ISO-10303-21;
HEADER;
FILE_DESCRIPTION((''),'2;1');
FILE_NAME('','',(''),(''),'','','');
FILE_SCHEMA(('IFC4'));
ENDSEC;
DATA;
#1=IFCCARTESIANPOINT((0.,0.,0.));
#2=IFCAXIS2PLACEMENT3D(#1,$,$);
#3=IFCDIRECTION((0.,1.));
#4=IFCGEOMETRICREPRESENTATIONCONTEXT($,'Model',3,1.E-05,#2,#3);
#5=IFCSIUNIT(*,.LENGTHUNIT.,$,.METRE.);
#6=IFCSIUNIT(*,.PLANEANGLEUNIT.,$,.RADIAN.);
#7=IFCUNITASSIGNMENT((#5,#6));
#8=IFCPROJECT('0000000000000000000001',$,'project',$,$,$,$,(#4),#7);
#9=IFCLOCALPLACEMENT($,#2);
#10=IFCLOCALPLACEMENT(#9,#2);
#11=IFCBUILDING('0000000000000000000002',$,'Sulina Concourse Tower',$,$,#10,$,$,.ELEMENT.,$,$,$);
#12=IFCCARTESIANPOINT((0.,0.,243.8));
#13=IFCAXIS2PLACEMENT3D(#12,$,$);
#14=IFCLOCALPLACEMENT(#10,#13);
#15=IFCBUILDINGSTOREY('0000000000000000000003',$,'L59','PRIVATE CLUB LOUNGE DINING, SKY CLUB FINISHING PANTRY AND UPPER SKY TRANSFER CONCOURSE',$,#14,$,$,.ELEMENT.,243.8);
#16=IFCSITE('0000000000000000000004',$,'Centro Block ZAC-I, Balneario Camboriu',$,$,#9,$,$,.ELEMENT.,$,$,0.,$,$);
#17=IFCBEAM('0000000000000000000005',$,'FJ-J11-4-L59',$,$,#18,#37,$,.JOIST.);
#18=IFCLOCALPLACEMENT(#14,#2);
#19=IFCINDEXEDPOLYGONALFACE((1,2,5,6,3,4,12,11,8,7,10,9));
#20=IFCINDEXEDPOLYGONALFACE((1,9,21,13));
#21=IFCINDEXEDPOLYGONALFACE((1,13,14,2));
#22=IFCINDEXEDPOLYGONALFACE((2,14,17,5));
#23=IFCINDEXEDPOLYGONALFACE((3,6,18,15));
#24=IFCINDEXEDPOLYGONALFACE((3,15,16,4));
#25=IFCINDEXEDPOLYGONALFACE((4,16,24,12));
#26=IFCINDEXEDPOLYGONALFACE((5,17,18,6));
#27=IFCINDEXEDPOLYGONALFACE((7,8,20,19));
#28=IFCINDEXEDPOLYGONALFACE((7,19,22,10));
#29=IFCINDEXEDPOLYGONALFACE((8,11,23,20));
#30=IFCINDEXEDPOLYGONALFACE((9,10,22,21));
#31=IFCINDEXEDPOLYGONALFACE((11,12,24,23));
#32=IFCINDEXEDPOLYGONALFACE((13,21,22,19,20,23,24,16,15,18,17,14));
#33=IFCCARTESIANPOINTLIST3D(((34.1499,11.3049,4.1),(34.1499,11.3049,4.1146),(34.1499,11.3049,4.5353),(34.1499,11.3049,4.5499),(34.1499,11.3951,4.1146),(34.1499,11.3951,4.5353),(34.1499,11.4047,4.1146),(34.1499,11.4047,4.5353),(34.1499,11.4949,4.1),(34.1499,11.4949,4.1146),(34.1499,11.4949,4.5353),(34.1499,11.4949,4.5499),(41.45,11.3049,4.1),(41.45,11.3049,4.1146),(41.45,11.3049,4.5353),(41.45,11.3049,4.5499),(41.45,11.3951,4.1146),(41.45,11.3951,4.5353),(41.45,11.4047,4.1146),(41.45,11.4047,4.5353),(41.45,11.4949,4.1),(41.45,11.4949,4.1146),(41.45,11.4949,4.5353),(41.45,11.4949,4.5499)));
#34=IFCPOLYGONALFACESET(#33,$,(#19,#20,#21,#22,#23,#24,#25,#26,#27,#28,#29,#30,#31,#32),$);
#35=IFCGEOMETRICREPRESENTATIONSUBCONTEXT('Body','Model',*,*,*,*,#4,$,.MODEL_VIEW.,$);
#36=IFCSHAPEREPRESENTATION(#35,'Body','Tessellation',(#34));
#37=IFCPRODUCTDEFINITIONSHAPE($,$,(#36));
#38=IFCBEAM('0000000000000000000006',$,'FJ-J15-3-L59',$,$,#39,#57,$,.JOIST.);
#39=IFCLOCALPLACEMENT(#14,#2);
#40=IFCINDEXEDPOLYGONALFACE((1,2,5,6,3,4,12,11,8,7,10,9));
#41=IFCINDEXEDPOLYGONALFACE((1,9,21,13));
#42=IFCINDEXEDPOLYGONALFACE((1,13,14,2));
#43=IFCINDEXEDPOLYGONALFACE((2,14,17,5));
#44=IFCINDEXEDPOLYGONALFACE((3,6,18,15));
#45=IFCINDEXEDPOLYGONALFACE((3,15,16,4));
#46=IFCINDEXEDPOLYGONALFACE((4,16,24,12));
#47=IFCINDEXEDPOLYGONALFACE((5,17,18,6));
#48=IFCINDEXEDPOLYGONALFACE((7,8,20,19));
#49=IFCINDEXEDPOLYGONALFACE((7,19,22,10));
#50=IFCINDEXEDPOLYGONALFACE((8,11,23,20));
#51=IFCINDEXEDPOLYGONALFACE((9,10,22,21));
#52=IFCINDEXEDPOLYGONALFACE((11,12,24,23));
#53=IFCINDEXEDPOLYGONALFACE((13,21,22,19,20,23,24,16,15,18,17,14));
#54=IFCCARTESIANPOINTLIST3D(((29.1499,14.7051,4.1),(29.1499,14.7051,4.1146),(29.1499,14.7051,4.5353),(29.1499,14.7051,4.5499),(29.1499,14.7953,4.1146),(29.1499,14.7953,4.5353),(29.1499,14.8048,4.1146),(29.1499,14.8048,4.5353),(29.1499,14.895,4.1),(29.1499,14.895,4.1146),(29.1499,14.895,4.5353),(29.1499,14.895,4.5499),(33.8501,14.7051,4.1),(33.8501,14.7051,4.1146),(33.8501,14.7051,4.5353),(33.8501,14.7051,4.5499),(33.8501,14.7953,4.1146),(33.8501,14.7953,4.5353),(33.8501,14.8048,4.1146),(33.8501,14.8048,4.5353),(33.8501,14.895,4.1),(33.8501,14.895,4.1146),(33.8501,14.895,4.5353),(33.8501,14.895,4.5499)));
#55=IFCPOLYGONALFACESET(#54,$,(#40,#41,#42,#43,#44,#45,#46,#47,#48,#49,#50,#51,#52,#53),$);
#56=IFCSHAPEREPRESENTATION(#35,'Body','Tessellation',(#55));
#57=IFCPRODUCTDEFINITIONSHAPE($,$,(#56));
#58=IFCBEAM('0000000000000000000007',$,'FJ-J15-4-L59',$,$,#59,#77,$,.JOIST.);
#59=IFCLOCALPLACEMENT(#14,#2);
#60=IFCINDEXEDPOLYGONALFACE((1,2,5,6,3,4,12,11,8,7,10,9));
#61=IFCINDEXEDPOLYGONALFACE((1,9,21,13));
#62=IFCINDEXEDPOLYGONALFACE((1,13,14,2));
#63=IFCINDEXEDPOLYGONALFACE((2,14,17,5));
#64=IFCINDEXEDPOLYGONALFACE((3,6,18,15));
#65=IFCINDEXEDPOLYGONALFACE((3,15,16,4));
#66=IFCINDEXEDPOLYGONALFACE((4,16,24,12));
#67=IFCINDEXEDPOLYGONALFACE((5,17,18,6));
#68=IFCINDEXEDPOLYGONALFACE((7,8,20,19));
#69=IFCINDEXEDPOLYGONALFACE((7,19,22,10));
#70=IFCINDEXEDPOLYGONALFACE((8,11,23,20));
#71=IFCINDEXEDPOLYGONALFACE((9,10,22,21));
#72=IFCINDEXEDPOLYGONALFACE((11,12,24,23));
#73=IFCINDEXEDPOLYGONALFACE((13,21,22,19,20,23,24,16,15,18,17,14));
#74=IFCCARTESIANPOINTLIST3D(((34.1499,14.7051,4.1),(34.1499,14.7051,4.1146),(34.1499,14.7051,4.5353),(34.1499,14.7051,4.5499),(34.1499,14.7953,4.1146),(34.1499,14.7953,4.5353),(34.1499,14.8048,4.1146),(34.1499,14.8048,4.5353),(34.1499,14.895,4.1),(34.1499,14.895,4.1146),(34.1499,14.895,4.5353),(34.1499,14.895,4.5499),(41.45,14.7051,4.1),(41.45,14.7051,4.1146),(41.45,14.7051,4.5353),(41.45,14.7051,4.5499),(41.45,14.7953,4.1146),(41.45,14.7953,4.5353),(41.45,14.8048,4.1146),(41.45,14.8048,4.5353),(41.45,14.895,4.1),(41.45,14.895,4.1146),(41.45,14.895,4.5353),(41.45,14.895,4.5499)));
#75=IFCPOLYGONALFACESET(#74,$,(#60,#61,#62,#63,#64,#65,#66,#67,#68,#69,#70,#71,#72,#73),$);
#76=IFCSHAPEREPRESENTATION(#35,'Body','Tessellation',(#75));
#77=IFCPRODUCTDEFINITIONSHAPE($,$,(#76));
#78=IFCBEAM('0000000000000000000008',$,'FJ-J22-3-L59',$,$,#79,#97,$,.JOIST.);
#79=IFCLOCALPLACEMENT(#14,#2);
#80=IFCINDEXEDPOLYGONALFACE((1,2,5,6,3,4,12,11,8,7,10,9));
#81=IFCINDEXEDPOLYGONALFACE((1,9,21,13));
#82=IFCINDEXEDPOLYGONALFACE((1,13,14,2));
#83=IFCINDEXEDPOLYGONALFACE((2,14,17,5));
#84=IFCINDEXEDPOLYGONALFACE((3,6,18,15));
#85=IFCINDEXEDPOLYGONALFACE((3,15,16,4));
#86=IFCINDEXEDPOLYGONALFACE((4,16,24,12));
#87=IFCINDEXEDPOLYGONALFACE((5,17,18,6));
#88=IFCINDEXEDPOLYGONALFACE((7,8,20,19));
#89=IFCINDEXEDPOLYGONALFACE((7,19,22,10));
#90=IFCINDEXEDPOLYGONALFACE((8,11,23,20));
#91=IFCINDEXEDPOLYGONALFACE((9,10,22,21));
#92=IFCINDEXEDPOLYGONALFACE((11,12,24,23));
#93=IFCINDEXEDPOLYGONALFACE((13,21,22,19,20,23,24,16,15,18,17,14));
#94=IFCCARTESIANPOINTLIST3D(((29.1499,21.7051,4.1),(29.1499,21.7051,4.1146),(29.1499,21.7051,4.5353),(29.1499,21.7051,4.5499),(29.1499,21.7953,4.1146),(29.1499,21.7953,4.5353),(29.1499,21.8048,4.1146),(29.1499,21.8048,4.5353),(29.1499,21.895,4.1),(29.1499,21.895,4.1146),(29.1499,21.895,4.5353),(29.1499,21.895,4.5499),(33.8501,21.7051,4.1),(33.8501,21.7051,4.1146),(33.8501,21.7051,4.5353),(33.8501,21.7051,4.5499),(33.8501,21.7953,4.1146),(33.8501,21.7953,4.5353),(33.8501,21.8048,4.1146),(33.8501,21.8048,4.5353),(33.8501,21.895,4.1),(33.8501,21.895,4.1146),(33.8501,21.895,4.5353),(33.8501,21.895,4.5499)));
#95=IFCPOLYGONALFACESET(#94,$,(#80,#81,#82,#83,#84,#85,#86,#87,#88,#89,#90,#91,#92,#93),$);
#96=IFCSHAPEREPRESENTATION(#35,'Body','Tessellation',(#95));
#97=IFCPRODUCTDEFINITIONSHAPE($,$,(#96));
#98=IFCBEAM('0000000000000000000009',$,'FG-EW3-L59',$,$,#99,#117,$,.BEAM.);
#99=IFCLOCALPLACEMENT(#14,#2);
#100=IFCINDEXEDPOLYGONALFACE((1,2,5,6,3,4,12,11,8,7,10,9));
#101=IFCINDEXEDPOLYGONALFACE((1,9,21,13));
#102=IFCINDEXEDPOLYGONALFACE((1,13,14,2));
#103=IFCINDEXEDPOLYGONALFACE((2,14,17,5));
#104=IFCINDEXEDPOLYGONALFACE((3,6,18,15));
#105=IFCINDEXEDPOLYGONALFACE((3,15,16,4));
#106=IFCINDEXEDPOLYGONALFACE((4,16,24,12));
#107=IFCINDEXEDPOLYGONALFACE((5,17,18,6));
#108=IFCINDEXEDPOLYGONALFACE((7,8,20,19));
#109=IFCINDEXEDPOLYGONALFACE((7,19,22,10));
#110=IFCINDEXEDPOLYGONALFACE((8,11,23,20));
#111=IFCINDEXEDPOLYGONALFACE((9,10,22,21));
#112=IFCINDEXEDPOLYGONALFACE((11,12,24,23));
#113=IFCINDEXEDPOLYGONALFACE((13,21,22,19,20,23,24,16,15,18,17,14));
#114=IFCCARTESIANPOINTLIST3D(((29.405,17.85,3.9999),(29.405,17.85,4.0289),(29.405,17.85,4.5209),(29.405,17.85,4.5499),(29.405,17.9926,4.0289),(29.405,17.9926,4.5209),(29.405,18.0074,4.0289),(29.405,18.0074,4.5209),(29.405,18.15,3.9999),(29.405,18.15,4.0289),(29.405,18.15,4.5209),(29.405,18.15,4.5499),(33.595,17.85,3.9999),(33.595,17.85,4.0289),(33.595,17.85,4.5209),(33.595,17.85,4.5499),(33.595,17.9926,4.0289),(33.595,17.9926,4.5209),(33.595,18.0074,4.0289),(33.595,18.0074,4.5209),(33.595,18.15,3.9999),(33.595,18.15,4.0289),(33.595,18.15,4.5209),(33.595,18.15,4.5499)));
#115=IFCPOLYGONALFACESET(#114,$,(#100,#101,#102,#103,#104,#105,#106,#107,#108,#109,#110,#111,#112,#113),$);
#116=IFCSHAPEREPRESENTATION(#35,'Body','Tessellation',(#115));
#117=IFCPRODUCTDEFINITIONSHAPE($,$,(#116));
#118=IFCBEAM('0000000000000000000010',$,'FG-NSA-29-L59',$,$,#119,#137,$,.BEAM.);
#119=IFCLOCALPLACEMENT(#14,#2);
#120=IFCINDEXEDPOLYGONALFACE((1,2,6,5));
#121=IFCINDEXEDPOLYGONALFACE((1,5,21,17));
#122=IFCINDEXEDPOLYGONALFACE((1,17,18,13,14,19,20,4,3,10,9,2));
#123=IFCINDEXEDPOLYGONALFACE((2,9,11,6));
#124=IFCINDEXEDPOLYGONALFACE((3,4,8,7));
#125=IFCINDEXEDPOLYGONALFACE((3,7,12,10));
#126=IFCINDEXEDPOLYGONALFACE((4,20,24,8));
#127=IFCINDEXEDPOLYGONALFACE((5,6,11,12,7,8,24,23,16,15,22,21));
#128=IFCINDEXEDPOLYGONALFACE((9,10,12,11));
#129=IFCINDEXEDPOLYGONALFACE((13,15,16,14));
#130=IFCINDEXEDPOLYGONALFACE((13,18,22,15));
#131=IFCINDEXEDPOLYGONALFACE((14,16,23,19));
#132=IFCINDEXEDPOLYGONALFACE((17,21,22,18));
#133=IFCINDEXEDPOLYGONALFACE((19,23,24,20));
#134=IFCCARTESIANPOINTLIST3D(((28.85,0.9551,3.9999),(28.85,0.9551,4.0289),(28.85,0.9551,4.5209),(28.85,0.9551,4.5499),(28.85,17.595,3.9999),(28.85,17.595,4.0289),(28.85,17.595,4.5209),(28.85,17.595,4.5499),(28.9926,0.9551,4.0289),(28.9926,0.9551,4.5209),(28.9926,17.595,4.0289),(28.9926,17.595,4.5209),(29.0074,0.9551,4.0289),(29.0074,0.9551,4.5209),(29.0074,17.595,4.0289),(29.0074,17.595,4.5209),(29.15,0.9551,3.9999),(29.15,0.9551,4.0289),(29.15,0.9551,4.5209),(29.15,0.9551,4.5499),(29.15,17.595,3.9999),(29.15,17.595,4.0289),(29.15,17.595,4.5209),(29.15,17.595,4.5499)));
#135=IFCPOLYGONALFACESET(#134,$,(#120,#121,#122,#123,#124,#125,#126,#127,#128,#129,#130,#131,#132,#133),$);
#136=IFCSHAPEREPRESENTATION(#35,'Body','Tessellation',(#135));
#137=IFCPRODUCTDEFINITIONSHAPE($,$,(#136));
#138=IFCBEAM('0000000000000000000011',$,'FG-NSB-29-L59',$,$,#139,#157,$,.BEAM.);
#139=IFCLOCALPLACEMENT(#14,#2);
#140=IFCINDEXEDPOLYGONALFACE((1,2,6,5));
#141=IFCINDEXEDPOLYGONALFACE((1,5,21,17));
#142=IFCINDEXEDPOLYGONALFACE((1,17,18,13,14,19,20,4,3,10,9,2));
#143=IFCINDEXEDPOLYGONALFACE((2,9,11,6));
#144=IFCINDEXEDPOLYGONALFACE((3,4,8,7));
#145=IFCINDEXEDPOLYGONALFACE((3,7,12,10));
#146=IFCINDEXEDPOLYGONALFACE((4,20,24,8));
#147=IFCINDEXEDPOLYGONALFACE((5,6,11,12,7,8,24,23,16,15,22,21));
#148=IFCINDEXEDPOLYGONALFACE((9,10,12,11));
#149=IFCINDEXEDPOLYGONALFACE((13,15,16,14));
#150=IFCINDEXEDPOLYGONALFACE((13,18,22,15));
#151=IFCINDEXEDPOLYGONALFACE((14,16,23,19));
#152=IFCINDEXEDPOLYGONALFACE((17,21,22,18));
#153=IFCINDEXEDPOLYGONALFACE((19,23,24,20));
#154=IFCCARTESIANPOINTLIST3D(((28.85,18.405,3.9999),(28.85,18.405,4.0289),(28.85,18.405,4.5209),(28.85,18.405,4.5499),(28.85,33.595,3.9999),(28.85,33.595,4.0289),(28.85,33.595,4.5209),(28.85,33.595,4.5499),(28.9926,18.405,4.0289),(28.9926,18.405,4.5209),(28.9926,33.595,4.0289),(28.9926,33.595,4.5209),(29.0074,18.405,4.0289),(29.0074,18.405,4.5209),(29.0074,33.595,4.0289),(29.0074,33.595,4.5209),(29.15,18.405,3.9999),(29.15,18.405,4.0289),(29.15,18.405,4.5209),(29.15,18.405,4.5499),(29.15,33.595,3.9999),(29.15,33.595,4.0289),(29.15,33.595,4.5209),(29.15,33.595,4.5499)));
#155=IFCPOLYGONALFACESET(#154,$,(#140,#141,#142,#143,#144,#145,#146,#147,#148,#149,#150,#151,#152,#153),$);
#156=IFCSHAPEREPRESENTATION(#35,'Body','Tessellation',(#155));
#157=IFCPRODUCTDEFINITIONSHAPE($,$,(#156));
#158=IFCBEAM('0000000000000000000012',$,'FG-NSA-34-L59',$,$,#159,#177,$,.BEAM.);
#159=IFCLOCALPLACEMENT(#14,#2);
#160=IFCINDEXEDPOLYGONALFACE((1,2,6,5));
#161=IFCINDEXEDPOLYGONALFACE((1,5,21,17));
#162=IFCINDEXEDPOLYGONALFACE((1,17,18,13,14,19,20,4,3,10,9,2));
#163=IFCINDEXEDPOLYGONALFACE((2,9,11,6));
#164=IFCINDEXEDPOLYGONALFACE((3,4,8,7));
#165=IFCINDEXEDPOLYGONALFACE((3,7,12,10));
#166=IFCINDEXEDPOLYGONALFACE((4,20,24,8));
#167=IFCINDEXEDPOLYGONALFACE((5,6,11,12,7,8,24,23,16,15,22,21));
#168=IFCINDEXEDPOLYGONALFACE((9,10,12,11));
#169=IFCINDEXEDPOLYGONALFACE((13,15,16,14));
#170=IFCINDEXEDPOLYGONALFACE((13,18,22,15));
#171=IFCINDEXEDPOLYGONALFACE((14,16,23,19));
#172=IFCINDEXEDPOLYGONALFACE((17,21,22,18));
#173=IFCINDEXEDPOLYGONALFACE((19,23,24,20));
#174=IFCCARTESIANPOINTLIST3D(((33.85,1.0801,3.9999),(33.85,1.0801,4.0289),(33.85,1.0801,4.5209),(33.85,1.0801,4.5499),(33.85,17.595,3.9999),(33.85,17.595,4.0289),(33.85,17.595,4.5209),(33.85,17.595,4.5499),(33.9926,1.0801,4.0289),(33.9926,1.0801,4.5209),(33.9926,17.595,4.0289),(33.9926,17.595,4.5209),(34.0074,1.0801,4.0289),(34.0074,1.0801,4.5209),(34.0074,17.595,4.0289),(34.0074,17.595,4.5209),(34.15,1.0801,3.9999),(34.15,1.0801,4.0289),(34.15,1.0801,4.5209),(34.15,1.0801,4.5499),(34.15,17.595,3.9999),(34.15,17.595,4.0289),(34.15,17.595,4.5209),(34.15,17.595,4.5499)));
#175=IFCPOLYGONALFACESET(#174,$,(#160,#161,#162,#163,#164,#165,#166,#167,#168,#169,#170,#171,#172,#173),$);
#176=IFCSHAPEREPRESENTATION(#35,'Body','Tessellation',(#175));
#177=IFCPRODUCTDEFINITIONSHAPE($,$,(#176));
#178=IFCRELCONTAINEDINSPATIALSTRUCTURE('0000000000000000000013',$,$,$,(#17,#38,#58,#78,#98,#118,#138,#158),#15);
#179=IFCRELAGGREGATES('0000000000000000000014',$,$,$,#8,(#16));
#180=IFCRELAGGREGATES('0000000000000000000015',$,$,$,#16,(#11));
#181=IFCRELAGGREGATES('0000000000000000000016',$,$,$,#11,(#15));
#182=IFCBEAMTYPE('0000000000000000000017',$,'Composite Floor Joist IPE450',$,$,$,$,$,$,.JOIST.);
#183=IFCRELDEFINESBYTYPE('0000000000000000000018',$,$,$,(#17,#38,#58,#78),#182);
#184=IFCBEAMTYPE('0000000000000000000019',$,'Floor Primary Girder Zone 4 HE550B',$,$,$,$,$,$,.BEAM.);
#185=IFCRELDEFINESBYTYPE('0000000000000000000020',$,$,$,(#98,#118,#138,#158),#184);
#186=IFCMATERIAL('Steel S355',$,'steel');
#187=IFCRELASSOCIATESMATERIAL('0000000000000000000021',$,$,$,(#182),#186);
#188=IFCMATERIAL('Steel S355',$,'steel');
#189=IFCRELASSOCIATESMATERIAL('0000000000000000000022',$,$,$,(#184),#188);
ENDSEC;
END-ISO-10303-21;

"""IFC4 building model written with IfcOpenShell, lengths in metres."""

from ifc_helpers import new_model, si_unit, direction, frame, origin, origin_2d, place, context, subcontext, project, spatial, i_section, extrude, material, material_profile, profile_set, type_object, element, save


model = new_model("IFC4")

# Units and contexts
model_context = context("Model", 3, precision=1e-05, world=origin(), true_north=direction((0.0, 1.0)))
body_context = subcontext(model_context, "Body", "Model", "MODEL_VIEW")
ifc_project = project(units=[si_unit("LENGTHUNIT", "METRE"), si_unit("PLANEANGLEUNIT", "RADIAN")], contexts=[model_context])

# Site, building, storey
site_placement = place(None, origin())
site = spatial("IfcSite", under=ifc_project, at=site_placement, Name="Centro Block ZAC-I, Balneario Camboriu", CompositionType="ELEMENT", RefElevation=0.0)
building_placement = place(site_placement, origin())
building = spatial("IfcBuilding", under=site, at=building_placement, Name="Sulina Concourse Tower", CompositionType="ELEMENT")
storey_placement = place(building_placement, frame((0.0, 0.0, 243.8)))
storey = spatial("IfcBuildingStorey", under=building, at=storey_placement, Name="L59", Description="PRIVATE CLUB LOUNGE DINING, SKY CLUB FINISHING PANTRY AND UPPER SKY TRANSFER CONCOURSE", CompositionType="ELEMENT", Elevation=243.8)

# Beams
ifc_material_1 = material(Name="Steel S355", Category="steel")
ifc_material_profile_1 = material_profile(ifc_material_1, i_section(OverallWidth=0.1899, OverallDepth=0.45, WebThickness=0.0095, FlangeThickness=0.0146, at=origin_2d()), Name="IPE 450")
ifc_profile_set_1 = profile_set([ifc_material_profile_1], Name="Steel S355")
beam_type_1 = type_object("IfcBeamType", Name="Composite Floor Joist IPE450", PredefinedType="JOIST", material=ifc_profile_set_1)
beam_1_placement = place(storey_placement, frame((34.1499, 11.3999, 4.325), z_axis=(1.0, 0.0, 0.0), x_axis=(0.0, 1.0, 0.0)))
element("IfcBeam", 1, at=beam_1_placement, inside=storey, type_object=beam_type_1, Name="FJ-J11-4-L59", PredefinedType="JOIST", context=body_context, shape_type="SweptSolid", body=[
    extrude(i_section(OverallWidth=0.1899, OverallDepth=0.45, WebThickness=0.0095, FlangeThickness=0.0146, at=origin_2d()), origin(), (0.0, 0.0, 1.0), 7.3),
])
beam_2_placement = place(storey_placement, frame((29.1499, 14.8, 4.325), z_axis=(1.0, 0.0, 0.0), x_axis=(0.0, 1.0, 0.0)))
element("IfcBeam", 2, at=beam_2_placement, inside=storey, type_object=beam_type_1, Name="FJ-J15-3-L59", PredefinedType="JOIST", context=body_context, shape_type="SweptSolid", body=[
    extrude(i_section(OverallWidth=0.1899, OverallDepth=0.45, WebThickness=0.0095, FlangeThickness=0.0146, at=origin_2d()), origin(), (0.0, 0.0, 1.0), 4.7002),
])
beam_3_placement = place(storey_placement, frame((34.1499, 14.8, 4.325), z_axis=(1.0, 0.0, 0.0), x_axis=(0.0, 1.0, 0.0)))
element("IfcBeam", 3, at=beam_3_placement, inside=storey, type_object=beam_type_1, Name="FJ-J15-4-L59", PredefinedType="JOIST", context=body_context, shape_type="SweptSolid", body=[
    extrude(i_section(OverallWidth=0.1899, OverallDepth=0.45, WebThickness=0.0095, FlangeThickness=0.0146, at=origin_2d()), origin(), (0.0, 0.0, 1.0), 7.3),
])
beam_4_placement = place(storey_placement, frame((29.1499, 21.8, 4.325), z_axis=(1.0, 0.0, 0.0), x_axis=(0.0, 1.0, 0.0)))
element("IfcBeam", 4, at=beam_4_placement, inside=storey, type_object=beam_type_1, Name="FJ-J22-3-L59", PredefinedType="JOIST", context=body_context, shape_type="SweptSolid", body=[
    extrude(i_section(OverallWidth=0.1899, OverallDepth=0.45, WebThickness=0.0095, FlangeThickness=0.0146, at=origin_2d()), origin(), (0.0, 0.0, 1.0), 4.7002),
])
ifc_material_2 = material(Name="Steel S355", Category="steel")
ifc_material_profile_2 = material_profile(ifc_material_2, i_section(OverallWidth=0.3, OverallDepth=0.55, WebThickness=0.0149, FlangeThickness=0.0291, at=origin_2d()), Name="HE 550 B")
ifc_profile_set_2 = profile_set([ifc_material_profile_2], Name="Steel S355")
beam_type_2 = type_object("IfcBeamType", Name="Floor Primary Girder Zone 4 HE550B", PredefinedType="BEAM", material=ifc_profile_set_2)
beam_5_placement = place(storey_placement, frame((29.405, 18.0, 4.2749), z_axis=(1.0, 0.0, 0.0), x_axis=(0.0, 1.0, 0.0)))
element("IfcBeam", 5, at=beam_5_placement, inside=storey, type_object=beam_type_2, Name="FG-EW3-L59", PredefinedType="BEAM", context=body_context, shape_type="SweptSolid", body=[
    extrude(i_section(OverallWidth=0.3, OverallDepth=0.55, WebThickness=0.0149, FlangeThickness=0.0291, at=origin_2d()), origin(), (0.0, 0.0, 1.0), 4.1899),
])
beam_6_placement = place(storey_placement, frame((29.0, 0.9551, 4.2749), z_axis=(0.0, 1.0, 0.0), x_axis=(-1.0, 0.0, 0.0)))
element("IfcBeam", 6, at=beam_6_placement, inside=storey, type_object=beam_type_2, Name="FG-NSA-29-L59", PredefinedType="BEAM", context=body_context, shape_type="SweptSolid", body=[
    extrude(i_section(OverallWidth=0.3, OverallDepth=0.55, WebThickness=0.0149, FlangeThickness=0.0291, at=origin_2d()), origin(), (0.0, 0.0, 1.0), 16.6399),
])
beam_7_placement = place(storey_placement, frame((29.0, 18.405, 4.2749), z_axis=(0.0, 1.0, 0.0), x_axis=(-1.0, 0.0, 0.0)))
element("IfcBeam", 7, at=beam_7_placement, inside=storey, type_object=beam_type_2, Name="FG-NSB-29-L59", PredefinedType="BEAM", context=body_context, shape_type="SweptSolid", body=[
    extrude(i_section(OverallWidth=0.3, OverallDepth=0.55, WebThickness=0.0149, FlangeThickness=0.0291, at=origin_2d()), origin(), (0.0, 0.0, 1.0), 15.1899),
])
beam_8_placement = place(storey_placement, frame((34.0, 1.0801, 4.2749), z_axis=(0.0, 1.0, 0.0), x_axis=(-1.0, 0.0, 0.0)))
element("IfcBeam", 8, at=beam_8_placement, inside=storey, type_object=beam_type_2, Name="FG-NSA-34-L59", PredefinedType="BEAM", context=body_context, shape_type="SweptSolid", body=[
    extrude(i_section(OverallWidth=0.3, OverallDepth=0.55, WebThickness=0.0149, FlangeThickness=0.0291, at=origin_2d()), origin(), (0.0, 0.0, 1.0), 16.5149),
])

save(model, "model.ifc")
